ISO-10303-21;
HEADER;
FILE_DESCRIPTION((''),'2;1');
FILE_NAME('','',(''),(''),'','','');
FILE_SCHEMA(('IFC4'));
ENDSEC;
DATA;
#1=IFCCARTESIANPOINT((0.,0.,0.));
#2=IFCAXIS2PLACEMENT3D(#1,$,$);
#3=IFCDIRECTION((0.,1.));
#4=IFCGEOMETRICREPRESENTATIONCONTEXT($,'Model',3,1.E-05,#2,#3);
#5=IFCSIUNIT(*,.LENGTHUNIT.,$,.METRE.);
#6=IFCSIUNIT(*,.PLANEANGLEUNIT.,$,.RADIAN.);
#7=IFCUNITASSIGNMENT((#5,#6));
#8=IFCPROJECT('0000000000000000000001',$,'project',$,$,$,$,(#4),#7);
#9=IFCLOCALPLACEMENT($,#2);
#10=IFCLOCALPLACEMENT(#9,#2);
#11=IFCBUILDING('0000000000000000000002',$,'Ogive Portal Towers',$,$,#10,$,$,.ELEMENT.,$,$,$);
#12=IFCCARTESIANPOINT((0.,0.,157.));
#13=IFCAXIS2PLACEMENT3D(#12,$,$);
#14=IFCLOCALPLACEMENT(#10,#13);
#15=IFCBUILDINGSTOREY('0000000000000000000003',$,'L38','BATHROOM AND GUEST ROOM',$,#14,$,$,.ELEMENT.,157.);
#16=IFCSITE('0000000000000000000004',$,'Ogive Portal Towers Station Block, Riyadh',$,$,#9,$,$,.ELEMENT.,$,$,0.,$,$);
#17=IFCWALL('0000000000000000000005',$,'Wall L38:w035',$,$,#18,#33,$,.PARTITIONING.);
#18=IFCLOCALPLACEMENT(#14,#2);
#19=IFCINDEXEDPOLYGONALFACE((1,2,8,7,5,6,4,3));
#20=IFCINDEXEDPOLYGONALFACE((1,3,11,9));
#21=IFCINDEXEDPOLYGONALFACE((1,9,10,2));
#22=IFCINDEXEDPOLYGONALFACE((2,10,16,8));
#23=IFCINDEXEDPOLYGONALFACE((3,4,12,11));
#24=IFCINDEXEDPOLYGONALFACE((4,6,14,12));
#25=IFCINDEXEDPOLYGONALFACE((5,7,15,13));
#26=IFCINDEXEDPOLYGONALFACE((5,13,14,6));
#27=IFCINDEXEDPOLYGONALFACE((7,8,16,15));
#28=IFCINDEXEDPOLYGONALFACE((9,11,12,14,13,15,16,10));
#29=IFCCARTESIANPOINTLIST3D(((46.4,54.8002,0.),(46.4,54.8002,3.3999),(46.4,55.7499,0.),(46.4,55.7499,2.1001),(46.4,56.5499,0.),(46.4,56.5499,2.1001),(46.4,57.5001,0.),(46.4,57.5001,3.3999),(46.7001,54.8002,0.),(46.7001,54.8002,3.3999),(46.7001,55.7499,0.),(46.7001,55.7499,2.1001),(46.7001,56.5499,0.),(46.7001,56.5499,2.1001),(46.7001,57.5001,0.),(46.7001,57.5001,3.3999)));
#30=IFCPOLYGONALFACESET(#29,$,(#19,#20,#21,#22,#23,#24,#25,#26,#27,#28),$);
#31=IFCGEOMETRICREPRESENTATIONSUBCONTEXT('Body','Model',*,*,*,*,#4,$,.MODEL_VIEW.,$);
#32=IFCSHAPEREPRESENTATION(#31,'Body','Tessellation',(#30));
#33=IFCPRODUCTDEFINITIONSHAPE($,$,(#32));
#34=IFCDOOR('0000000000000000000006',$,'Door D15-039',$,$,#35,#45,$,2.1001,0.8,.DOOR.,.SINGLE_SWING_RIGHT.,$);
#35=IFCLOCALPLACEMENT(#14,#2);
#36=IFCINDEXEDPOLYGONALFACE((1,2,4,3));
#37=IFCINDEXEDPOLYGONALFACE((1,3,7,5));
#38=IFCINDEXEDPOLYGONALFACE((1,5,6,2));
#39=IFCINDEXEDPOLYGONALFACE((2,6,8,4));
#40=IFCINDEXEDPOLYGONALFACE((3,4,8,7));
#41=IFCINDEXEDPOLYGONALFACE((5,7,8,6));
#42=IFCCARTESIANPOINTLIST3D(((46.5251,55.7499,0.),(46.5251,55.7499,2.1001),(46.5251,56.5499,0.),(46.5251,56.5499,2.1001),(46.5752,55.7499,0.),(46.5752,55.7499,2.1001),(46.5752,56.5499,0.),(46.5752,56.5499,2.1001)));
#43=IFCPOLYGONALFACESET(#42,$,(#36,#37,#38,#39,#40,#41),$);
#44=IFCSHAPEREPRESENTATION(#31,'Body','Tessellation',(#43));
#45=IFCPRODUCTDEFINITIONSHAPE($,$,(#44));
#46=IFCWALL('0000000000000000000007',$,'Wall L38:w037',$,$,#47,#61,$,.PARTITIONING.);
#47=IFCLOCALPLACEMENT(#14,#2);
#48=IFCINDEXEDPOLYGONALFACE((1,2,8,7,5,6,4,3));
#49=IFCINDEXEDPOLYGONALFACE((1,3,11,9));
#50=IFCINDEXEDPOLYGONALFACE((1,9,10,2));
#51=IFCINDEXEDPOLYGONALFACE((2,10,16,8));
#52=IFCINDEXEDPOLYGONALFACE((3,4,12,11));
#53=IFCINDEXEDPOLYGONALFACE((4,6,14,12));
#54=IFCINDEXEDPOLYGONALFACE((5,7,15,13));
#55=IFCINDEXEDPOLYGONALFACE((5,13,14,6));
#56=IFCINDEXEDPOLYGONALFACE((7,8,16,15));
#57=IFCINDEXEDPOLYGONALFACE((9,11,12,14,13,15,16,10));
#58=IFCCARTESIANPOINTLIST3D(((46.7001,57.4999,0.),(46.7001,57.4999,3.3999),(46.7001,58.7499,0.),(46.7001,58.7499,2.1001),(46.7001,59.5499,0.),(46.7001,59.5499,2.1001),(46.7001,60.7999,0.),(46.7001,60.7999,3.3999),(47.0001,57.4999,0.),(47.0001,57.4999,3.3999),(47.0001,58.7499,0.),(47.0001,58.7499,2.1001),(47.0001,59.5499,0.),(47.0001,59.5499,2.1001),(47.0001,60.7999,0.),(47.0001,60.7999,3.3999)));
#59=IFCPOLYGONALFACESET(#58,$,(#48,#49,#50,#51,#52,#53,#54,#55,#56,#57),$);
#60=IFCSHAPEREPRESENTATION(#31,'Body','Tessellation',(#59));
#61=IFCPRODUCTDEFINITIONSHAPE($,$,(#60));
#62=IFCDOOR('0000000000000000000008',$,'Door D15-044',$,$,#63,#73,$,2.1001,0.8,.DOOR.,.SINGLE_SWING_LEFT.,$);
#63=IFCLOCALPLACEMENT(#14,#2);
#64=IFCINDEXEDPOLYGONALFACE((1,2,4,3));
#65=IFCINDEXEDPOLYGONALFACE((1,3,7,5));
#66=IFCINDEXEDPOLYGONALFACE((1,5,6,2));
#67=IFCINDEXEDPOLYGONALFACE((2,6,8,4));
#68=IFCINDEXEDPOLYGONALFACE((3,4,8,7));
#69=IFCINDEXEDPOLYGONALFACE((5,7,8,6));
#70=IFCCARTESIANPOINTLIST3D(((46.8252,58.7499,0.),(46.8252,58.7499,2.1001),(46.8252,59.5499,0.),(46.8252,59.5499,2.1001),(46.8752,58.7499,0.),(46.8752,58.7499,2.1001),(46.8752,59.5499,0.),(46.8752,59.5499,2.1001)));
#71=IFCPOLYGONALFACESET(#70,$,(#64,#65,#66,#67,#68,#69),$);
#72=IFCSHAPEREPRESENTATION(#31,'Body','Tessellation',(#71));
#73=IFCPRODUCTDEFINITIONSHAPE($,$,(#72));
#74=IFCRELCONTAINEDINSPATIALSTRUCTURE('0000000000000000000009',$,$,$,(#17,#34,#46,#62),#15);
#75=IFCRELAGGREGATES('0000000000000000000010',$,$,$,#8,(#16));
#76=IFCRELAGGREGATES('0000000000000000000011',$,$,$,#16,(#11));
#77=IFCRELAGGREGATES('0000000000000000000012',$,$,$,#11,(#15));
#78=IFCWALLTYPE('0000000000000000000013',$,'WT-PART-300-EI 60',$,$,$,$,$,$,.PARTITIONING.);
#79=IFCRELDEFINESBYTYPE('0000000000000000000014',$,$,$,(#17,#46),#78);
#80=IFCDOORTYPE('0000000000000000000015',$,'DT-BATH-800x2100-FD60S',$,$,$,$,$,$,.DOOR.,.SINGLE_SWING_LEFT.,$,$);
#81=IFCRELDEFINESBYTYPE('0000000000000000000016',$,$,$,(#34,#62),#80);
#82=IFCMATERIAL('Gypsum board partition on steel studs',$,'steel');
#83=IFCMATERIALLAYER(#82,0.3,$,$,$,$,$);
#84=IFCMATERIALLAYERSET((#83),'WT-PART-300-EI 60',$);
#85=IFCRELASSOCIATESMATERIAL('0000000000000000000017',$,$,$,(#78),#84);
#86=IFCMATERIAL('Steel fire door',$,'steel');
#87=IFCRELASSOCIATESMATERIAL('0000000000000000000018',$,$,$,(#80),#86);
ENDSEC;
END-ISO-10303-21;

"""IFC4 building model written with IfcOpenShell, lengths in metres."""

from ifc_helpers import new_model, si_unit, direction, frame, frame_2d, origin, place, context, subcontext, project, spatial, rectangle, extrude, material, layer, layer_set, type_object, element, fill, save


model = new_model("IFC4")

# Units and contexts
model_context = context("Model", 3, precision=1e-05, world=origin(), true_north=direction((0.0, 1.0)))
body_context = subcontext(model_context, "Body", "Model", "MODEL_VIEW")
ifc_project = project(units=[si_unit("LENGTHUNIT", "METRE"), si_unit("PLANEANGLEUNIT", "RADIAN")], contexts=[model_context])

# Site, building, storey
site_placement = place(None, origin())
site = spatial("IfcSite", under=ifc_project, at=site_placement, Name="Ogive Portal Towers Station Block, Riyadh", CompositionType="ELEMENT", RefElevation=0.0)
building_placement = place(site_placement, origin())
building = spatial("IfcBuilding", under=site, at=building_placement, Name="Ogive Portal Towers", CompositionType="ELEMENT")
storey_placement = place(building_placement, frame((0.0, 0.0, 157.0)))
storey = spatial("IfcBuildingStorey", under=building, at=storey_placement, Name="L38", Description="BATHROOM AND GUEST ROOM", CompositionType="ELEMENT", Elevation=157.0)

# Shared definitions
ifc_material_1 = material(Name="Gypsum board partition on steel studs", Category="steel")
ifc_layer_1 = layer(ifc_material_1, 0.3)
ifc_layer_set_1 = layer_set([ifc_layer_1], Name="WT-PART-300-EI 60")
wall_type_1 = type_object("IfcWallType", Name="WT-PART-300-EI 60", PredefinedType="PARTITIONING", material=ifc_layer_set_1)

# Walls, openings, doors
wall_1_placement = place(storey_placement, frame((46.55, 54.8, 0.0), z_axis=(0.0, 0.0, 1.0), x_axis=(0.0, 1.0, 0.0)))
wall_1 = element("IfcWall", 1, at=wall_1_placement, inside=storey, type_object=wall_type_1, Name="Wall L38:w035", PredefinedType="PARTITIONING", context=body_context, shape_type="SweptSolid", body=[
    extrude(rectangle(XDim=2.7, YDim=0.3, at=frame_2d((1.3501, 0.0))), origin(), (0.0, 0.0, 1.0), 3.3999),
])
opening_1_placement = place(wall_1_placement, frame((0.95, 0.0, 0.0)))
opening_1 = element("IfcOpeningElement", 2, at=opening_1_placement, cuts=wall_1, PredefinedType="OPENING", context=body_context, shape_type="SweptSolid", body=[
    extrude(rectangle(XDim=0.8, YDim=2.1001, at=frame_2d((0.3999, 1.05))), frame((0.0, 0.1602, 0.0), z_axis=(0.0, -1.0, 0.0), x_axis=(1.0, 0.0, 0.0)), (0.0, 0.0, 1.0), 0.3201),
])
ifc_material_2 = material(Name="Steel fire door", Category="steel")
door_type = type_object("IfcDoorType", Name="DT-BATH-800x2100-FD60S", OperationType="SINGLE_SWING_LEFT", PredefinedType="DOOR", material=ifc_material_2)
door_1_placement = place(opening_1_placement, origin())
door_1 = element("IfcDoor", 3, at=door_1_placement, inside=storey, type_object=door_type, Name="Door D15-039", OperationType="SINGLE_SWING_RIGHT", OverallHeight=2.1001, OverallWidth=0.8, PredefinedType="DOOR", context=body_context, shape_type="SweptSolid", body=[
    extrude(rectangle(XDim=0.8, YDim=2.1001, at=frame_2d((0.3999, 1.05))), frame((0.0, 0.0249, 0.0), z_axis=(0.0, -1.0, 0.0), x_axis=(1.0, 0.0, 0.0)), (0.0, 0.0, 1.0), 0.05),
])
fill(opening_1, door_1)
wall_2_placement = place(storey_placement, frame((46.8501, 57.5, 0.0), z_axis=(0.0, 0.0, 1.0), x_axis=(0.0, 1.0, 0.0)))
wall_2 = element("IfcWall", 4, at=wall_2_placement, inside=storey, type_object=wall_type_1, Name="Wall L38:w037", PredefinedType="PARTITIONING", context=body_context, shape_type="SweptSolid", body=[
    extrude(rectangle(XDim=3.3, YDim=0.3, at=frame_2d((1.6499, 0.0))), origin(), (0.0, 0.0, 1.0), 3.3999),
])
opening_2_placement = place(wall_2_placement, frame((1.25, 0.0, 0.0)))
opening_2 = element("IfcOpeningElement", 5, at=opening_2_placement, cuts=wall_2, PredefinedType="OPENING", context=body_context, shape_type="SweptSolid", body=[
    extrude(rectangle(XDim=0.8, YDim=2.1001, at=frame_2d((0.3999, 1.05))), frame((0.0, 0.1602, 0.0), z_axis=(0.0, -1.0, 0.0), x_axis=(1.0, 0.0, 0.0)), (0.0, 0.0, 1.0), 0.3201),
])
door_2_placement = place(opening_2_placement, origin())
door_2 = element("IfcDoor", 6, at=door_2_placement, inside=storey, type_object=door_type, Name="Door D15-044", OperationType="SINGLE_SWING_LEFT", OverallHeight=2.1001, OverallWidth=0.8, PredefinedType="DOOR", context=body_context, shape_type="SweptSolid", body=[
    extrude(rectangle(XDim=0.8, YDim=2.1001, at=frame_2d((0.3999, 1.05))), frame((0.0, 0.0249, 0.0), z_axis=(0.0, -1.0, 0.0), x_axis=(1.0, 0.0, 0.0)), (0.0, 0.0, 1.0), 0.05),
])
fill(opening_2, door_2)

save(model, "model.ifc")
